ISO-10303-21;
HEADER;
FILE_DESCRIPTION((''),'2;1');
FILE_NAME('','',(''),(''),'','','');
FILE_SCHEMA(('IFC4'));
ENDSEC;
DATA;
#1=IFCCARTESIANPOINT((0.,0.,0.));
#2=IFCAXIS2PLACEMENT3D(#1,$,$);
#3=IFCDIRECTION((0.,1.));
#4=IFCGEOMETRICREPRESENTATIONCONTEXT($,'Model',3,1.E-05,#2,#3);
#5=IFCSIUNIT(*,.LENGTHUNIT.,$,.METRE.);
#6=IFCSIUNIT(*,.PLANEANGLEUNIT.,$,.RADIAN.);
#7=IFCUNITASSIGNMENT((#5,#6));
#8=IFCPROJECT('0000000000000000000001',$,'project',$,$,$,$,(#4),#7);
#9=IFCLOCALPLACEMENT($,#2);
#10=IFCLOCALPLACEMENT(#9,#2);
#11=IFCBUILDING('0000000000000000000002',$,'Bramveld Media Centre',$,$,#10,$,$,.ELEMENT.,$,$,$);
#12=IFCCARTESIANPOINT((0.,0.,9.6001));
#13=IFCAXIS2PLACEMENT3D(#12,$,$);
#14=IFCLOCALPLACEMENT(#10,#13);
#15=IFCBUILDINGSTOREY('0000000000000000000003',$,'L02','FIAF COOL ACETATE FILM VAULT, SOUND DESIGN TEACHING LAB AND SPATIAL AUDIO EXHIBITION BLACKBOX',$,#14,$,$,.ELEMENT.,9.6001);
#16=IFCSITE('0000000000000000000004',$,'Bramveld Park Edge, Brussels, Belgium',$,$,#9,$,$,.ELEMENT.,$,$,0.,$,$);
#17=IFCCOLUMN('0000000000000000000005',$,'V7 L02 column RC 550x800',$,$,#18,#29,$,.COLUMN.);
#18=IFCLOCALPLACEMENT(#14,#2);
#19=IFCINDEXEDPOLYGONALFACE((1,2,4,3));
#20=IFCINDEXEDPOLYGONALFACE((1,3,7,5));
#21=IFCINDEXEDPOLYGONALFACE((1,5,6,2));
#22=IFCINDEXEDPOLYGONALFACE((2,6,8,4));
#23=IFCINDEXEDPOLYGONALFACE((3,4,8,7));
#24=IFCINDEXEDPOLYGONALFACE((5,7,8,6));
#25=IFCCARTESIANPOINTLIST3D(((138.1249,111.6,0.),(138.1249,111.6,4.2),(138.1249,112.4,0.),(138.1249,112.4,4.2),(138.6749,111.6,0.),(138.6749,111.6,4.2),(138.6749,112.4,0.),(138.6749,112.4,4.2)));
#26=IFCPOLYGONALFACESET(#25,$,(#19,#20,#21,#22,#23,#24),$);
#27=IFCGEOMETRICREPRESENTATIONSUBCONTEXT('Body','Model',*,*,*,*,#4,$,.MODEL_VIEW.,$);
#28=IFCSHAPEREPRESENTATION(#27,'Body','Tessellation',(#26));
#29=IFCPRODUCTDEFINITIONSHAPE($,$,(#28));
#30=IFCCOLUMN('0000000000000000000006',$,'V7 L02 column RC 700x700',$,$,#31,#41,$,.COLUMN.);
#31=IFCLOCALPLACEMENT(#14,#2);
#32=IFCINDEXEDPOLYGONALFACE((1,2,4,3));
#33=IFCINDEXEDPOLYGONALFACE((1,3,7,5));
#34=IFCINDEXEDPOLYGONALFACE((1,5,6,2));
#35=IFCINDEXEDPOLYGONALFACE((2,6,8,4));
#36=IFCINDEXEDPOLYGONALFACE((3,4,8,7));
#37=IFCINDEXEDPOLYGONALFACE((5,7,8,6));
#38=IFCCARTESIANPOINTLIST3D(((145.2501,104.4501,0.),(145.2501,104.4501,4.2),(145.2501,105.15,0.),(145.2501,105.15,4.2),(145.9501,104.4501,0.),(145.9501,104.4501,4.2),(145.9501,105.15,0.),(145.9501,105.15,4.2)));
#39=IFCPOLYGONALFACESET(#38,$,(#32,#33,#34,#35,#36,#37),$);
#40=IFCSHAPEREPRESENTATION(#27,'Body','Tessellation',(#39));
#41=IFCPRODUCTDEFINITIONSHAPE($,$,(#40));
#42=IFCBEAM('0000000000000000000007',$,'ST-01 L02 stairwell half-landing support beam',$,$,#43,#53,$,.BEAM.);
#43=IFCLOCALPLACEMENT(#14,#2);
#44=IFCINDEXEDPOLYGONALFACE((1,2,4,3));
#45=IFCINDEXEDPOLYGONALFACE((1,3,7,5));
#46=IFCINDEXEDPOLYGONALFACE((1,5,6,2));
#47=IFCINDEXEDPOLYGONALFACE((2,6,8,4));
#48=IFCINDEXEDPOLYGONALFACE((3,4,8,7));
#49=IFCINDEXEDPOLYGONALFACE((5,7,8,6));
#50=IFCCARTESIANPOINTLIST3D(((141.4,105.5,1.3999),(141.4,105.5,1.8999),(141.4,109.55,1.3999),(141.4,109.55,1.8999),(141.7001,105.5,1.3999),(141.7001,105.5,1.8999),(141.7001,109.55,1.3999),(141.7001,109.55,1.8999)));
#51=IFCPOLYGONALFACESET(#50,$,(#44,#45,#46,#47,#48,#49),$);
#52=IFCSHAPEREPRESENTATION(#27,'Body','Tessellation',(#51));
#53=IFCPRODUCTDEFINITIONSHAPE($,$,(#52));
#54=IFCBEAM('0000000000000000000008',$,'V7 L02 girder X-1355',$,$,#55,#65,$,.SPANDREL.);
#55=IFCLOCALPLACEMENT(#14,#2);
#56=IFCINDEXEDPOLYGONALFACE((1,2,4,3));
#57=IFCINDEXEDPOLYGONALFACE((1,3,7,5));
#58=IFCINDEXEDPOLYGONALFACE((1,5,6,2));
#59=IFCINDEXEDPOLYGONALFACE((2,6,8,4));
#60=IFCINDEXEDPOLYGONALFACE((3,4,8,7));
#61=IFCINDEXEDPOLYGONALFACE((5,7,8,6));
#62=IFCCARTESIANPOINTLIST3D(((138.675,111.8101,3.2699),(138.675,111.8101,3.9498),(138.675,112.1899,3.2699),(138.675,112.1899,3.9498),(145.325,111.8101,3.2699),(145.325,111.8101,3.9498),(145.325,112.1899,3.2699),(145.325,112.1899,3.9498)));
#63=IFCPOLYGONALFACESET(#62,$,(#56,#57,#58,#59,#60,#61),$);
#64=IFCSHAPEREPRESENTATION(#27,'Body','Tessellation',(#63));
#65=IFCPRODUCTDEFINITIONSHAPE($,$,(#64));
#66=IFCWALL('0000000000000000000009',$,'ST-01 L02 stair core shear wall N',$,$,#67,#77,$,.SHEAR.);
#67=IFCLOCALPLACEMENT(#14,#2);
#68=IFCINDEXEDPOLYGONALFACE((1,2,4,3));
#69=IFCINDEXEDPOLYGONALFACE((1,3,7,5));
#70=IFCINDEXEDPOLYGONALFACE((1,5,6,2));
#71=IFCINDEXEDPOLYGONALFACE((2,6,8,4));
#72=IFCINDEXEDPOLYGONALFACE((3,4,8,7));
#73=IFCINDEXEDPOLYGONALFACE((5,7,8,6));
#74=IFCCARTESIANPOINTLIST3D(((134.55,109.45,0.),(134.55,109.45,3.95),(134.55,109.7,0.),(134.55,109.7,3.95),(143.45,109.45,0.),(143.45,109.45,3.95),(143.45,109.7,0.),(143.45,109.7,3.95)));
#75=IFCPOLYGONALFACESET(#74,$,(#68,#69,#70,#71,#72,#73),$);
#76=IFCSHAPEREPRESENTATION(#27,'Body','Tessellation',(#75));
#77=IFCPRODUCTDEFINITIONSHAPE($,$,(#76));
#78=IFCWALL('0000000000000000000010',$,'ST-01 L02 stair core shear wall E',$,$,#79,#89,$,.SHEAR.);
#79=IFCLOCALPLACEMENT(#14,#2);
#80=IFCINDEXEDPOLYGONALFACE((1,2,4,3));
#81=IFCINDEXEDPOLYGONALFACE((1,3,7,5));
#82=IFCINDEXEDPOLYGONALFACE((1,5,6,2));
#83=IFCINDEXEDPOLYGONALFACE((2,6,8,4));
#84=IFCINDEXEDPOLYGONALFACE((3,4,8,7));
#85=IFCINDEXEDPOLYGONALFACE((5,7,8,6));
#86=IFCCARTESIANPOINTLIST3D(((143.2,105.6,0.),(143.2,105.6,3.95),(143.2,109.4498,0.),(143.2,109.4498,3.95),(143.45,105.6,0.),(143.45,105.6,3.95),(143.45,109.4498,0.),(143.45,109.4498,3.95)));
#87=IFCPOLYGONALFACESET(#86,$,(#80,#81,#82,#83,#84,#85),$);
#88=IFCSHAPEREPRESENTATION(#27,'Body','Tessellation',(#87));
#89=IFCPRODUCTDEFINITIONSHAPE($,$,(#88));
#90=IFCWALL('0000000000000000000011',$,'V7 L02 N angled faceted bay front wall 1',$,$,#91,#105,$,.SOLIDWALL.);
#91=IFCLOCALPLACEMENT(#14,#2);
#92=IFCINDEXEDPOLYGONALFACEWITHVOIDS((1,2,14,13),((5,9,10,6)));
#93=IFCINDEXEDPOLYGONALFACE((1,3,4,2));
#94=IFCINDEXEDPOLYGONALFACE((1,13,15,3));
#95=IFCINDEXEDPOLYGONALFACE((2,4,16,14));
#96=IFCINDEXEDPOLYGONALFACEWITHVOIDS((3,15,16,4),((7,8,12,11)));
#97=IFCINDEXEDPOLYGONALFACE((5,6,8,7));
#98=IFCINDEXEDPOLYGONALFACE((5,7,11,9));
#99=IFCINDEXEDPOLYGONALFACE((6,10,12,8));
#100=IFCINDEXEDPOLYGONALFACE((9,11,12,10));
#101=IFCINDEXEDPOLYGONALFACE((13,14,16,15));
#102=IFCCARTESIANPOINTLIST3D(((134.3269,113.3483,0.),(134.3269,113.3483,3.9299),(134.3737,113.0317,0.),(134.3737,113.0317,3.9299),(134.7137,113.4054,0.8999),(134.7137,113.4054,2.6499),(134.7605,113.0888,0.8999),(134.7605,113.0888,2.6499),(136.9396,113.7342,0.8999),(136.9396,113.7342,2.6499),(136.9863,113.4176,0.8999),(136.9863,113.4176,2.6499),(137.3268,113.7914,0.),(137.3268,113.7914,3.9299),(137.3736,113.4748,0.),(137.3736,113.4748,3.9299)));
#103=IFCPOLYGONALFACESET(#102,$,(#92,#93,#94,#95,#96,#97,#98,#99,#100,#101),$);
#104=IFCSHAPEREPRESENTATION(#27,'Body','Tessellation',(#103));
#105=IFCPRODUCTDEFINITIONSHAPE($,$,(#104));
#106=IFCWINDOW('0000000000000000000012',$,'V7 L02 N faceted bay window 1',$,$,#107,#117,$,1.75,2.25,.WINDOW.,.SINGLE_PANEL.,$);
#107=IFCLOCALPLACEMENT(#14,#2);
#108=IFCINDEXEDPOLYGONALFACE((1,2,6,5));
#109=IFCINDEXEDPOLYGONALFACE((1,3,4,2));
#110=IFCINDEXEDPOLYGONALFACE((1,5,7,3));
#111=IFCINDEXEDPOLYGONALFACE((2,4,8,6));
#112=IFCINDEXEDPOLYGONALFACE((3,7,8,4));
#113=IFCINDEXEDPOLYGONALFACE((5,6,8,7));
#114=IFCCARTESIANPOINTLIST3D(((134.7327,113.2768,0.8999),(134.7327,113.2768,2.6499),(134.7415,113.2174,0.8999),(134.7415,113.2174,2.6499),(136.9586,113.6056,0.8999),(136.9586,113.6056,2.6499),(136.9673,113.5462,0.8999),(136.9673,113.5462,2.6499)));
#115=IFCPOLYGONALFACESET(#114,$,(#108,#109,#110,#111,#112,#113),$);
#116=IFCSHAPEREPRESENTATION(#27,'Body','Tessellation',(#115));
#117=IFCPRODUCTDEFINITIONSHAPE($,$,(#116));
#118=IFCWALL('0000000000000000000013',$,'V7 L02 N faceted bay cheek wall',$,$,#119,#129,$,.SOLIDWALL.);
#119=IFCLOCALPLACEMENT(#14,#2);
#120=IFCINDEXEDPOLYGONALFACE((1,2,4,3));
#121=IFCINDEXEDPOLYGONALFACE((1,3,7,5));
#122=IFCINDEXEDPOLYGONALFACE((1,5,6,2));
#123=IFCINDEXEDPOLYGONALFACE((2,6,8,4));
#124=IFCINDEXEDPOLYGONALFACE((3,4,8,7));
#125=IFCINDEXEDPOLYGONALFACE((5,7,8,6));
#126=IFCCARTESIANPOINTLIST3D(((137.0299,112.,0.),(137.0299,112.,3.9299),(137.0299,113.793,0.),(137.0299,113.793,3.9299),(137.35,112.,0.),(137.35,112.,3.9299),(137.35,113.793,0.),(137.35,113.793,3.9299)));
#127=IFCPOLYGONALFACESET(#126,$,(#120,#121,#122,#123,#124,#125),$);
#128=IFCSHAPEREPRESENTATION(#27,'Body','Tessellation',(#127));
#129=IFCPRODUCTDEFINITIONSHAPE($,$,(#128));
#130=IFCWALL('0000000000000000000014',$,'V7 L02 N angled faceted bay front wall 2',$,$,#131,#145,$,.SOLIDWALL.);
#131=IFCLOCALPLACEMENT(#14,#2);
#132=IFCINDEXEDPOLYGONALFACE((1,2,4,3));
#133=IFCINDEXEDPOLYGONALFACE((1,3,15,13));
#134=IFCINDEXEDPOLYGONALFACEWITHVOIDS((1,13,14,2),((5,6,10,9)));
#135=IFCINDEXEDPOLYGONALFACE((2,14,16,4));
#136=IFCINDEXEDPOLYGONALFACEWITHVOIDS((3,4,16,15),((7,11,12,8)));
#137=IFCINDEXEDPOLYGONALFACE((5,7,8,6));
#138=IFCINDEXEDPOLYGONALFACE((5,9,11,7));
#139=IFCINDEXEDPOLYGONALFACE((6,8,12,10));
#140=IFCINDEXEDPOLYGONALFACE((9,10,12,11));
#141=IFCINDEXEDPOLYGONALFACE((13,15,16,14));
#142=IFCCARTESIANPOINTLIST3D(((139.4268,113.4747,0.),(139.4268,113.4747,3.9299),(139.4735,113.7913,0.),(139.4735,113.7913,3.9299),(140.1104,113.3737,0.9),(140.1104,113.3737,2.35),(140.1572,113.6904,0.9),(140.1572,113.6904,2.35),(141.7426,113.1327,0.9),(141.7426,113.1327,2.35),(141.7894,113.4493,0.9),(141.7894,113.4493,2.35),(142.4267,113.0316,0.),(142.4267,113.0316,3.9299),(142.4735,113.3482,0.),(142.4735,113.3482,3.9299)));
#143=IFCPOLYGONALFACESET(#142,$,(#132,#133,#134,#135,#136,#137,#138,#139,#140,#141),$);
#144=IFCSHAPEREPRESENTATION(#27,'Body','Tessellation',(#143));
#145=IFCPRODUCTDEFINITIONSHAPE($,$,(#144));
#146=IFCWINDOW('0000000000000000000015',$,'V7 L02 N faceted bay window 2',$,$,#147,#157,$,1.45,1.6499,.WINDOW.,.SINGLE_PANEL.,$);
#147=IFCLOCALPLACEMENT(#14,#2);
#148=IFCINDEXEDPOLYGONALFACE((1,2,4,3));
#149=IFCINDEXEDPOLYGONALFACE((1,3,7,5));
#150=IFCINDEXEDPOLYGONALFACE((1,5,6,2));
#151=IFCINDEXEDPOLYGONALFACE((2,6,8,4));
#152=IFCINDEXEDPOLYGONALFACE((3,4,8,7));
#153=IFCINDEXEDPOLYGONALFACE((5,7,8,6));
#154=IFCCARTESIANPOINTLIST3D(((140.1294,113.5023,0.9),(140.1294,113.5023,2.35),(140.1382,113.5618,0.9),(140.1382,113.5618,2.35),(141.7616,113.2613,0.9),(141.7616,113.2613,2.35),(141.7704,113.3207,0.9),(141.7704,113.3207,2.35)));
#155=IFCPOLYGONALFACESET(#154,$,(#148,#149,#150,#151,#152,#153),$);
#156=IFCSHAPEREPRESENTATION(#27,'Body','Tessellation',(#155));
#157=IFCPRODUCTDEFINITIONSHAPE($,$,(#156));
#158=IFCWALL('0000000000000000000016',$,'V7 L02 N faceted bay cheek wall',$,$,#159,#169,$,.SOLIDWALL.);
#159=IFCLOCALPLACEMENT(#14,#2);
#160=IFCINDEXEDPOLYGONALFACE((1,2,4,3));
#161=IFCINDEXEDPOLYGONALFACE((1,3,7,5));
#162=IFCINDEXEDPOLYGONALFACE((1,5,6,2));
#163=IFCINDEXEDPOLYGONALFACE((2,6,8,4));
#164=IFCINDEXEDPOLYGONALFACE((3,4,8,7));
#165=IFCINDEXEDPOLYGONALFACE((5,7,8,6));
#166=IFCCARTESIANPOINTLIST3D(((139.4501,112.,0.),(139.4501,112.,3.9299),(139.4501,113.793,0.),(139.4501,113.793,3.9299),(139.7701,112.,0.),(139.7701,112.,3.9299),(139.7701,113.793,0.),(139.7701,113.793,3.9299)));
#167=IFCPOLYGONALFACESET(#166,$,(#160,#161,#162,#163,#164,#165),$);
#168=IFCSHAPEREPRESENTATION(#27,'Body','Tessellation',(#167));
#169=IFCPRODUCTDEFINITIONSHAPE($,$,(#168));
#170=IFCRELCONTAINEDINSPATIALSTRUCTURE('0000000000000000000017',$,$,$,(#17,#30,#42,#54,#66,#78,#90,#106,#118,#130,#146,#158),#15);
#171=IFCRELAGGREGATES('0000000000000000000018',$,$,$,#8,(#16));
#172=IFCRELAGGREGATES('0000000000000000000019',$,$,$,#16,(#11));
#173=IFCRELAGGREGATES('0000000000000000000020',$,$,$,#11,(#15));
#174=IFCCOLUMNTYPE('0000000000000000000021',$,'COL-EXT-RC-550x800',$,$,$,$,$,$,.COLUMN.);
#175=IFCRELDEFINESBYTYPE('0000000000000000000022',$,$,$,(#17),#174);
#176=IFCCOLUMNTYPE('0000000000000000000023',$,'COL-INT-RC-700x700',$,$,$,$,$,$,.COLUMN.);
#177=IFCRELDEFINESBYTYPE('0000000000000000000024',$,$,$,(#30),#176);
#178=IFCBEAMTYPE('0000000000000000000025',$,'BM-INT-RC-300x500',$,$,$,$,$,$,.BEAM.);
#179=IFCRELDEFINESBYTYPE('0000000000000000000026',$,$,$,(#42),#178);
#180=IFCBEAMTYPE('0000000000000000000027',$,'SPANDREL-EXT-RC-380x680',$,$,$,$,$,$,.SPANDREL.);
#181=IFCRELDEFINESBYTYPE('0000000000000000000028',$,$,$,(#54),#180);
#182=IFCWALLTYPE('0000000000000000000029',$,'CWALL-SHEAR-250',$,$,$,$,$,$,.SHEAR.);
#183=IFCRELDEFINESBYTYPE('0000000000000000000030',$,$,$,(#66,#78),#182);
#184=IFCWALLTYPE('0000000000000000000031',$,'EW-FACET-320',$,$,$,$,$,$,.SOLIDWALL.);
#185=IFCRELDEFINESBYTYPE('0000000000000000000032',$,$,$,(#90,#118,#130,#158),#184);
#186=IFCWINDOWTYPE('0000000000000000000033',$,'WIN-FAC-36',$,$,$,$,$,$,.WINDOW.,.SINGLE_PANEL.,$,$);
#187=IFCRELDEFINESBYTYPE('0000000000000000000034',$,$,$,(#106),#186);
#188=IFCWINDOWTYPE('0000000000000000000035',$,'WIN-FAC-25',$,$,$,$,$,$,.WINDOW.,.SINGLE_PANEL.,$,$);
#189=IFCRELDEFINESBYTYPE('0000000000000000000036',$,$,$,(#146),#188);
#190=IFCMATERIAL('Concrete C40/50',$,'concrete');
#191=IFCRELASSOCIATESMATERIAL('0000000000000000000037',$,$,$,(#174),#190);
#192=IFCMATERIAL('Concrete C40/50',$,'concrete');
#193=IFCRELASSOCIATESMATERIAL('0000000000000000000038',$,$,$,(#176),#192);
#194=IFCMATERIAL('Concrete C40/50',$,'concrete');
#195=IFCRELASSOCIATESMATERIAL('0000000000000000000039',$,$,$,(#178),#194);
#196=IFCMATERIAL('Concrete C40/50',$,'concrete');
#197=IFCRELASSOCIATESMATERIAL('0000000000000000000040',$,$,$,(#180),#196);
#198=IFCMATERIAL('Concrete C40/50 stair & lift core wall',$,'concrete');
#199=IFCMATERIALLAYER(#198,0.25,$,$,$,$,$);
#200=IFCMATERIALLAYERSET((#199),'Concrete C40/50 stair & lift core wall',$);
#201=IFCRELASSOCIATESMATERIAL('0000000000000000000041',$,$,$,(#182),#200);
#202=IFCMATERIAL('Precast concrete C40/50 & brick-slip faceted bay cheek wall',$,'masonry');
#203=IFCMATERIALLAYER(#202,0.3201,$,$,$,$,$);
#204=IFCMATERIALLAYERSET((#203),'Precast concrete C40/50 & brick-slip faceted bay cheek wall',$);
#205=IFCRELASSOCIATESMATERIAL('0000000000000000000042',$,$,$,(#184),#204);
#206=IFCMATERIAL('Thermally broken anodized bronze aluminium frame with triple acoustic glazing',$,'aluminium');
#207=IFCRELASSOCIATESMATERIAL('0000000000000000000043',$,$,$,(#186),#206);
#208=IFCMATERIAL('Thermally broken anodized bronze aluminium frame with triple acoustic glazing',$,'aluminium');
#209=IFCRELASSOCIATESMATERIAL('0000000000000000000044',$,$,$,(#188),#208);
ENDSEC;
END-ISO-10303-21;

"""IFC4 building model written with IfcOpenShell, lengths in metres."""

from ifc_helpers import new_model, si_unit, direction, frame, frame_2d, origin, origin_2d, place, context, subcontext, project, spatial, rectangle, extrude, material, layer, layer_set, material_profile, profile_set, type_object, element, fill, save


model = new_model("IFC4")

# Units and contexts
model_context = context("Model", 3, precision=1e-05, world=origin(), true_north=direction((0.0, 1.0)))
body_context = subcontext(model_context, "Body", "Model", "MODEL_VIEW")
ifc_project = project(units=[si_unit("LENGTHUNIT", "METRE"), si_unit("PLANEANGLEUNIT", "RADIAN")], contexts=[model_context])

# Site, building, storey
site_placement = place(None, origin())
site = spatial("IfcSite", under=ifc_project, at=site_placement, Name="Bramveld Park Edge, Brussels, Belgium", CompositionType="ELEMENT", RefElevation=0.0)
building_placement = place(site_placement, origin())
building = spatial("IfcBuilding", under=site, at=building_placement, Name="Bramveld Media Centre", CompositionType="ELEMENT")
storey_placement = place(building_placement, frame((0.0, 0.0, 9.6001)))
storey = spatial("IfcBuildingStorey", under=building, at=storey_placement, Name="L02", Description="FIAF COOL ACETATE FILM VAULT, SOUND DESIGN TEACHING LAB AND SPATIAL AUDIO EXHIBITION BLACKBOX", CompositionType="ELEMENT", Elevation=9.6001)

# Columns
ifc_material_1 = material(Name="Concrete C40/50", Category="concrete")
ifc_material_profile_1 = material_profile(ifc_material_1, rectangle(XDim=0.55, YDim=0.8, at=origin_2d()), Name="RC 550x800")
ifc_profile_set_1 = profile_set([ifc_material_profile_1], Name="Concrete C40/50")
column_type_1 = type_object("IfcColumnType", Name="COL-EXT-RC-550x800", PredefinedType="COLUMN", material=ifc_profile_set_1)
column_1_placement = place(storey_placement, frame((138.3999, 112.0, 0.0), z_axis=(0.0, 0.0, 1.0), x_axis=(1.0, 0.0, 0.0)))
element("IfcColumn", 1, at=column_1_placement, inside=storey, type_object=column_type_1, Name="V7 L02 column RC 550x800", PredefinedType="COLUMN", context=body_context, shape_type="SweptSolid", body=[
    extrude(rectangle(XDim=0.55, YDim=0.8, at=origin_2d()), origin(), (0.0, 0.0, 1.0), 4.2),
])
ifc_material_2 = material(Name="Concrete C40/50", Category="concrete")
ifc_material_profile_2 = material_profile(ifc_material_2, rectangle(XDim=0.7, YDim=0.7, at=origin_2d()), Name="RC 700x700")
ifc_profile_set_2 = profile_set([ifc_material_profile_2], Name="Concrete C40/50")
column_type_2 = type_object("IfcColumnType", Name="COL-INT-RC-700x700", PredefinedType="COLUMN", material=ifc_profile_set_2)
column_2_placement = place(storey_placement, frame((145.6001, 104.8, 0.0), z_axis=(0.0, 0.0, 1.0), x_axis=(1.0, 0.0, 0.0)))
element("IfcColumn", 2, at=column_2_placement, inside=storey, type_object=column_type_2, Name="V7 L02 column RC 700x700", PredefinedType="COLUMN", context=body_context, shape_type="SweptSolid", body=[
    extrude(rectangle(XDim=0.7, YDim=0.7, at=origin_2d()), origin(), (0.0, 0.0, 1.0), 4.2),
])

# Beams
ifc_material_3 = material(Name="Concrete C40/50", Category="concrete")
ifc_material_profile_3 = material_profile(ifc_material_3, rectangle(XDim=0.3, YDim=0.5, at=origin_2d()), Name="RC 300x500")
ifc_profile_set_3 = profile_set([ifc_material_profile_3], Name="Concrete C40/50")
beam_type_1 = type_object("IfcBeamType", Name="BM-INT-RC-300x500", PredefinedType="BEAM", material=ifc_profile_set_3)
beam_1_placement = place(storey_placement, frame((141.55, 105.5, 1.6499), z_axis=(0.0, 1.0, 0.0), x_axis=(-1.0, 0.0, 0.0)))
element("IfcBeam", 3, at=beam_1_placement, inside=storey, type_object=beam_type_1, Name="ST-01 L02 stairwell half-landing support beam", PredefinedType="BEAM", context=body_context, shape_type="SweptSolid", body=[
    extrude(rectangle(XDim=0.3, YDim=0.5, at=origin_2d()), origin(), (0.0, 0.0, 1.0), 4.05),
])
ifc_material_4 = material(Name="Concrete C40/50", Category="concrete")
ifc_material_profile_4 = material_profile(ifc_material_4, rectangle(XDim=0.3799, YDim=0.6799, at=origin_2d()), Name="RC 380x680")
ifc_profile_set_4 = profile_set([ifc_material_profile_4], Name="Concrete C40/50")
beam_type_2 = type_object("IfcBeamType", Name="SPANDREL-EXT-RC-380x680", PredefinedType="SPANDREL", material=ifc_profile_set_4)
beam_2_placement = place(storey_placement, frame((138.675, 112.0, 3.6099), z_axis=(1.0, 0.0, 0.0), x_axis=(0.0, 1.0, 0.0)))
element("IfcBeam", 4, at=beam_2_placement, inside=storey, type_object=beam_type_2, Name="V7 L02 girder X-1355", PredefinedType="SPANDREL", context=body_context, shape_type="SweptSolid", body=[
    extrude(rectangle(XDim=0.3799, YDim=0.6799, at=origin_2d()), origin(), (0.0, 0.0, 1.0), 6.6499),
])

# Walls
ifc_material_5 = material(Name="Concrete C40/50 stair & lift core wall", Category="concrete")
ifc_layer_1 = layer(ifc_material_5, 0.25)
ifc_layer_set_1 = layer_set([ifc_layer_1], Name="Concrete C40/50 stair & lift core wall")
wall_type_1 = type_object("IfcWallType", Name="CWALL-SHEAR-250", PredefinedType="SHEAR", material=ifc_layer_set_1)
wall_1_placement = place(storey_placement, frame((143.45, 109.575, 0.0), z_axis=(0.0, 0.0, 1.0), x_axis=(-1.0, 0.0, 0.0)))
element("IfcWall", 5, at=wall_1_placement, inside=storey, type_object=wall_type_1, Name="ST-01 L02 stair core shear wall N", PredefinedType="SHEAR", context=body_context, shape_type="SweptSolid", body=[
    extrude(rectangle(XDim=8.8999, YDim=0.25, at=frame_2d((4.45, 0.0))), origin(), (0.0, 0.0, 1.0), 3.95),
])
wall_2_placement = place(storey_placement, frame((143.325, 105.6001, 0.0), z_axis=(0.0, 0.0, 1.0), x_axis=(0.0, 1.0, 0.0)))
element("IfcWall", 6, at=wall_2_placement, inside=storey, type_object=wall_type_1, Name="ST-01 L02 stair core shear wall E", PredefinedType="SHEAR", context=body_context, shape_type="SweptSolid", body=[
    extrude(rectangle(XDim=3.8499, YDim=0.25, at=frame_2d((1.9248, 0.0))), origin(), (0.0, 0.0, 1.0), 3.95),
])

# Wall, opening, window
ifc_material_6 = material(Name="Precast concrete C40/50 & brick-slip faceted bay cheek wall", Category="masonry")
ifc_layer_2 = layer(ifc_material_6, 0.3201)
ifc_layer_set_2 = layer_set([ifc_layer_2], Name="Precast concrete C40/50 & brick-slip faceted bay cheek wall")
wall_type_2 = type_object("IfcWallType", Name="EW-FACET-320", PredefinedType="SOLIDWALL", material=ifc_layer_set_2)
wall_3_placement = place(storey_placement, frame((137.3501, 113.6331, 0.0), z_axis=(0.0, 0.0, 1.0), x_axis=(-0.989267, -0.14612, 0.0)))
wall_3 = element("IfcWall", 7, at=wall_3_placement, inside=storey, type_object=wall_type_2, Name="V7 L02 N angled faceted bay front wall 1", PredefinedType="SOLIDWALL", context=body_context, shape_type="SweptSolid", body=[
    extrude(rectangle(XDim=3.0325, YDim=0.3201, at=frame_2d((1.5161, 0.0))), origin(), (0.0, 0.0, 1.0), 3.9299),
])
opening_1_placement = place(wall_3_placement, frame((0.3914, 0.0, 0.8999)))
opening_1 = element("IfcOpeningElement", 8, at=opening_1_placement, cuts=wall_3, PredefinedType="OPENING", context=body_context, shape_type="SweptSolid", body=[
    extrude(rectangle(XDim=2.25, YDim=1.75, at=frame_2d((1.125, 0.875))), frame((0.0, 0.1719, 0.0), z_axis=(0.0, -1.0, 0.0), x_axis=(1.0, 0.0, 0.0)), (0.0, 0.0, 1.0), 0.344),
])
ifc_material_7 = material(Name="Thermally broken anodized bronze aluminium frame with triple acoustic glazing", Category="aluminium")
window_type_1 = type_object("IfcWindowType", Name="WIN-FAC-36", PartitioningType="SINGLE_PANEL", PredefinedType="WINDOW", material=ifc_material_7)
window_1_placement = place(opening_1_placement, origin())
window_1 = element("IfcWindow", 9, at=window_1_placement, inside=storey, type_object=window_type_1, Name="V7 L02 N faceted bay window 1", OverallHeight=1.75, OverallWidth=2.25, PartitioningType="SINGLE_PANEL", PredefinedType="WINDOW", context=body_context, shape_type="SweptSolid", body=[
    extrude(rectangle(XDim=2.25, YDim=1.75, at=frame_2d((1.125, 0.875))), frame((0.0, 0.03, 0.0), z_axis=(0.0, -1.0, 0.0), x_axis=(1.0, 0.0, 0.0)), (0.0, 0.0, 1.0), 0.0601),
])
fill(opening_1, window_1)

# Wall
wall_4_placement = place(storey_placement, frame((137.1899, 112.0, 0.0), z_axis=(0.0, 0.0, 1.0), x_axis=(0.0, 1.0, 0.0)))
element("IfcWall", 10, at=wall_4_placement, inside=storey, type_object=wall_type_2, Name="V7 L02 N faceted bay cheek wall", PredefinedType="SOLIDWALL", context=body_context, shape_type="SweptSolid", body=[
    extrude(rectangle(XDim=1.793, YDim=0.3201, at=frame_2d((0.8965, 0.0))), origin(), (0.0, 0.0, 1.0), 3.9299),
])

# Wall, opening, window
wall_5_placement = place(storey_placement, frame((142.45, 113.1899, 0.0), z_axis=(0.0, 0.0, 1.0), x_axis=(-0.989267, 0.14612, 0.0)))
wall_5 = element("IfcWall", 11, at=wall_5_placement, inside=storey, type_object=wall_type_2, Name="V7 L02 N angled faceted bay front wall 2", PredefinedType="SOLIDWALL", context=body_context, shape_type="SweptSolid", body=[
    extrude(rectangle(XDim=3.0325, YDim=0.3201, at=frame_2d((1.5161, 0.0))), origin(), (0.0, 0.0, 1.0), 3.9299),
])
opening_2_placement = place(wall_5_placement, frame((0.6914, 0.0, 0.8999)))
opening_2 = element("IfcOpeningElement", 12, at=opening_2_placement, cuts=wall_5, PredefinedType="OPENING", context=body_context, shape_type="SweptSolid", body=[
    extrude(rectangle(XDim=1.6499, YDim=1.45, at=frame_2d((0.825, 0.7251))), frame((0.0, 0.1719, 0.0), z_axis=(0.0, -1.0, 0.0), x_axis=(1.0, 0.0, 0.0)), (0.0, 0.0, 1.0), 0.344),
])
ifc_material_8 = material(Name="Thermally broken anodized bronze aluminium frame with triple acoustic glazing", Category="aluminium")
window_type_2 = type_object("IfcWindowType", Name="WIN-FAC-25", PartitioningType="SINGLE_PANEL", PredefinedType="WINDOW", material=ifc_material_8)
window_2_placement = place(opening_2_placement, origin())
window_2 = element("IfcWindow", 13, at=window_2_placement, inside=storey, type_object=window_type_2, Name="V7 L02 N faceted bay window 2", OverallHeight=1.45, OverallWidth=1.6499, PartitioningType="SINGLE_PANEL", PredefinedType="WINDOW", context=body_context, shape_type="SweptSolid", body=[
    extrude(rectangle(XDim=1.6499, YDim=1.45, at=frame_2d((0.825, 0.7251))), frame((0.0, 0.03, 0.0), z_axis=(0.0, -1.0, 0.0), x_axis=(1.0, 0.0, 0.0)), (0.0, 0.0, 1.0), 0.0601),
])
fill(opening_2, window_2)

# Wall
wall_6_placement = place(storey_placement, frame((139.6101, 112.0, 0.0), z_axis=(0.0, 0.0, 1.0), x_axis=(0.0, 1.0, 0.0)))
element("IfcWall", 14, at=wall_6_placement, inside=storey, type_object=wall_type_2, Name="V7 L02 N faceted bay cheek wall", PredefinedType="SOLIDWALL", context=body_context, shape_type="SweptSolid", body=[
    extrude(rectangle(XDim=1.793, YDim=0.3201, at=frame_2d((0.8965, 0.0))), origin(), (0.0, 0.0, 1.0), 3.9299),
])

save(model, "model.ifc")
